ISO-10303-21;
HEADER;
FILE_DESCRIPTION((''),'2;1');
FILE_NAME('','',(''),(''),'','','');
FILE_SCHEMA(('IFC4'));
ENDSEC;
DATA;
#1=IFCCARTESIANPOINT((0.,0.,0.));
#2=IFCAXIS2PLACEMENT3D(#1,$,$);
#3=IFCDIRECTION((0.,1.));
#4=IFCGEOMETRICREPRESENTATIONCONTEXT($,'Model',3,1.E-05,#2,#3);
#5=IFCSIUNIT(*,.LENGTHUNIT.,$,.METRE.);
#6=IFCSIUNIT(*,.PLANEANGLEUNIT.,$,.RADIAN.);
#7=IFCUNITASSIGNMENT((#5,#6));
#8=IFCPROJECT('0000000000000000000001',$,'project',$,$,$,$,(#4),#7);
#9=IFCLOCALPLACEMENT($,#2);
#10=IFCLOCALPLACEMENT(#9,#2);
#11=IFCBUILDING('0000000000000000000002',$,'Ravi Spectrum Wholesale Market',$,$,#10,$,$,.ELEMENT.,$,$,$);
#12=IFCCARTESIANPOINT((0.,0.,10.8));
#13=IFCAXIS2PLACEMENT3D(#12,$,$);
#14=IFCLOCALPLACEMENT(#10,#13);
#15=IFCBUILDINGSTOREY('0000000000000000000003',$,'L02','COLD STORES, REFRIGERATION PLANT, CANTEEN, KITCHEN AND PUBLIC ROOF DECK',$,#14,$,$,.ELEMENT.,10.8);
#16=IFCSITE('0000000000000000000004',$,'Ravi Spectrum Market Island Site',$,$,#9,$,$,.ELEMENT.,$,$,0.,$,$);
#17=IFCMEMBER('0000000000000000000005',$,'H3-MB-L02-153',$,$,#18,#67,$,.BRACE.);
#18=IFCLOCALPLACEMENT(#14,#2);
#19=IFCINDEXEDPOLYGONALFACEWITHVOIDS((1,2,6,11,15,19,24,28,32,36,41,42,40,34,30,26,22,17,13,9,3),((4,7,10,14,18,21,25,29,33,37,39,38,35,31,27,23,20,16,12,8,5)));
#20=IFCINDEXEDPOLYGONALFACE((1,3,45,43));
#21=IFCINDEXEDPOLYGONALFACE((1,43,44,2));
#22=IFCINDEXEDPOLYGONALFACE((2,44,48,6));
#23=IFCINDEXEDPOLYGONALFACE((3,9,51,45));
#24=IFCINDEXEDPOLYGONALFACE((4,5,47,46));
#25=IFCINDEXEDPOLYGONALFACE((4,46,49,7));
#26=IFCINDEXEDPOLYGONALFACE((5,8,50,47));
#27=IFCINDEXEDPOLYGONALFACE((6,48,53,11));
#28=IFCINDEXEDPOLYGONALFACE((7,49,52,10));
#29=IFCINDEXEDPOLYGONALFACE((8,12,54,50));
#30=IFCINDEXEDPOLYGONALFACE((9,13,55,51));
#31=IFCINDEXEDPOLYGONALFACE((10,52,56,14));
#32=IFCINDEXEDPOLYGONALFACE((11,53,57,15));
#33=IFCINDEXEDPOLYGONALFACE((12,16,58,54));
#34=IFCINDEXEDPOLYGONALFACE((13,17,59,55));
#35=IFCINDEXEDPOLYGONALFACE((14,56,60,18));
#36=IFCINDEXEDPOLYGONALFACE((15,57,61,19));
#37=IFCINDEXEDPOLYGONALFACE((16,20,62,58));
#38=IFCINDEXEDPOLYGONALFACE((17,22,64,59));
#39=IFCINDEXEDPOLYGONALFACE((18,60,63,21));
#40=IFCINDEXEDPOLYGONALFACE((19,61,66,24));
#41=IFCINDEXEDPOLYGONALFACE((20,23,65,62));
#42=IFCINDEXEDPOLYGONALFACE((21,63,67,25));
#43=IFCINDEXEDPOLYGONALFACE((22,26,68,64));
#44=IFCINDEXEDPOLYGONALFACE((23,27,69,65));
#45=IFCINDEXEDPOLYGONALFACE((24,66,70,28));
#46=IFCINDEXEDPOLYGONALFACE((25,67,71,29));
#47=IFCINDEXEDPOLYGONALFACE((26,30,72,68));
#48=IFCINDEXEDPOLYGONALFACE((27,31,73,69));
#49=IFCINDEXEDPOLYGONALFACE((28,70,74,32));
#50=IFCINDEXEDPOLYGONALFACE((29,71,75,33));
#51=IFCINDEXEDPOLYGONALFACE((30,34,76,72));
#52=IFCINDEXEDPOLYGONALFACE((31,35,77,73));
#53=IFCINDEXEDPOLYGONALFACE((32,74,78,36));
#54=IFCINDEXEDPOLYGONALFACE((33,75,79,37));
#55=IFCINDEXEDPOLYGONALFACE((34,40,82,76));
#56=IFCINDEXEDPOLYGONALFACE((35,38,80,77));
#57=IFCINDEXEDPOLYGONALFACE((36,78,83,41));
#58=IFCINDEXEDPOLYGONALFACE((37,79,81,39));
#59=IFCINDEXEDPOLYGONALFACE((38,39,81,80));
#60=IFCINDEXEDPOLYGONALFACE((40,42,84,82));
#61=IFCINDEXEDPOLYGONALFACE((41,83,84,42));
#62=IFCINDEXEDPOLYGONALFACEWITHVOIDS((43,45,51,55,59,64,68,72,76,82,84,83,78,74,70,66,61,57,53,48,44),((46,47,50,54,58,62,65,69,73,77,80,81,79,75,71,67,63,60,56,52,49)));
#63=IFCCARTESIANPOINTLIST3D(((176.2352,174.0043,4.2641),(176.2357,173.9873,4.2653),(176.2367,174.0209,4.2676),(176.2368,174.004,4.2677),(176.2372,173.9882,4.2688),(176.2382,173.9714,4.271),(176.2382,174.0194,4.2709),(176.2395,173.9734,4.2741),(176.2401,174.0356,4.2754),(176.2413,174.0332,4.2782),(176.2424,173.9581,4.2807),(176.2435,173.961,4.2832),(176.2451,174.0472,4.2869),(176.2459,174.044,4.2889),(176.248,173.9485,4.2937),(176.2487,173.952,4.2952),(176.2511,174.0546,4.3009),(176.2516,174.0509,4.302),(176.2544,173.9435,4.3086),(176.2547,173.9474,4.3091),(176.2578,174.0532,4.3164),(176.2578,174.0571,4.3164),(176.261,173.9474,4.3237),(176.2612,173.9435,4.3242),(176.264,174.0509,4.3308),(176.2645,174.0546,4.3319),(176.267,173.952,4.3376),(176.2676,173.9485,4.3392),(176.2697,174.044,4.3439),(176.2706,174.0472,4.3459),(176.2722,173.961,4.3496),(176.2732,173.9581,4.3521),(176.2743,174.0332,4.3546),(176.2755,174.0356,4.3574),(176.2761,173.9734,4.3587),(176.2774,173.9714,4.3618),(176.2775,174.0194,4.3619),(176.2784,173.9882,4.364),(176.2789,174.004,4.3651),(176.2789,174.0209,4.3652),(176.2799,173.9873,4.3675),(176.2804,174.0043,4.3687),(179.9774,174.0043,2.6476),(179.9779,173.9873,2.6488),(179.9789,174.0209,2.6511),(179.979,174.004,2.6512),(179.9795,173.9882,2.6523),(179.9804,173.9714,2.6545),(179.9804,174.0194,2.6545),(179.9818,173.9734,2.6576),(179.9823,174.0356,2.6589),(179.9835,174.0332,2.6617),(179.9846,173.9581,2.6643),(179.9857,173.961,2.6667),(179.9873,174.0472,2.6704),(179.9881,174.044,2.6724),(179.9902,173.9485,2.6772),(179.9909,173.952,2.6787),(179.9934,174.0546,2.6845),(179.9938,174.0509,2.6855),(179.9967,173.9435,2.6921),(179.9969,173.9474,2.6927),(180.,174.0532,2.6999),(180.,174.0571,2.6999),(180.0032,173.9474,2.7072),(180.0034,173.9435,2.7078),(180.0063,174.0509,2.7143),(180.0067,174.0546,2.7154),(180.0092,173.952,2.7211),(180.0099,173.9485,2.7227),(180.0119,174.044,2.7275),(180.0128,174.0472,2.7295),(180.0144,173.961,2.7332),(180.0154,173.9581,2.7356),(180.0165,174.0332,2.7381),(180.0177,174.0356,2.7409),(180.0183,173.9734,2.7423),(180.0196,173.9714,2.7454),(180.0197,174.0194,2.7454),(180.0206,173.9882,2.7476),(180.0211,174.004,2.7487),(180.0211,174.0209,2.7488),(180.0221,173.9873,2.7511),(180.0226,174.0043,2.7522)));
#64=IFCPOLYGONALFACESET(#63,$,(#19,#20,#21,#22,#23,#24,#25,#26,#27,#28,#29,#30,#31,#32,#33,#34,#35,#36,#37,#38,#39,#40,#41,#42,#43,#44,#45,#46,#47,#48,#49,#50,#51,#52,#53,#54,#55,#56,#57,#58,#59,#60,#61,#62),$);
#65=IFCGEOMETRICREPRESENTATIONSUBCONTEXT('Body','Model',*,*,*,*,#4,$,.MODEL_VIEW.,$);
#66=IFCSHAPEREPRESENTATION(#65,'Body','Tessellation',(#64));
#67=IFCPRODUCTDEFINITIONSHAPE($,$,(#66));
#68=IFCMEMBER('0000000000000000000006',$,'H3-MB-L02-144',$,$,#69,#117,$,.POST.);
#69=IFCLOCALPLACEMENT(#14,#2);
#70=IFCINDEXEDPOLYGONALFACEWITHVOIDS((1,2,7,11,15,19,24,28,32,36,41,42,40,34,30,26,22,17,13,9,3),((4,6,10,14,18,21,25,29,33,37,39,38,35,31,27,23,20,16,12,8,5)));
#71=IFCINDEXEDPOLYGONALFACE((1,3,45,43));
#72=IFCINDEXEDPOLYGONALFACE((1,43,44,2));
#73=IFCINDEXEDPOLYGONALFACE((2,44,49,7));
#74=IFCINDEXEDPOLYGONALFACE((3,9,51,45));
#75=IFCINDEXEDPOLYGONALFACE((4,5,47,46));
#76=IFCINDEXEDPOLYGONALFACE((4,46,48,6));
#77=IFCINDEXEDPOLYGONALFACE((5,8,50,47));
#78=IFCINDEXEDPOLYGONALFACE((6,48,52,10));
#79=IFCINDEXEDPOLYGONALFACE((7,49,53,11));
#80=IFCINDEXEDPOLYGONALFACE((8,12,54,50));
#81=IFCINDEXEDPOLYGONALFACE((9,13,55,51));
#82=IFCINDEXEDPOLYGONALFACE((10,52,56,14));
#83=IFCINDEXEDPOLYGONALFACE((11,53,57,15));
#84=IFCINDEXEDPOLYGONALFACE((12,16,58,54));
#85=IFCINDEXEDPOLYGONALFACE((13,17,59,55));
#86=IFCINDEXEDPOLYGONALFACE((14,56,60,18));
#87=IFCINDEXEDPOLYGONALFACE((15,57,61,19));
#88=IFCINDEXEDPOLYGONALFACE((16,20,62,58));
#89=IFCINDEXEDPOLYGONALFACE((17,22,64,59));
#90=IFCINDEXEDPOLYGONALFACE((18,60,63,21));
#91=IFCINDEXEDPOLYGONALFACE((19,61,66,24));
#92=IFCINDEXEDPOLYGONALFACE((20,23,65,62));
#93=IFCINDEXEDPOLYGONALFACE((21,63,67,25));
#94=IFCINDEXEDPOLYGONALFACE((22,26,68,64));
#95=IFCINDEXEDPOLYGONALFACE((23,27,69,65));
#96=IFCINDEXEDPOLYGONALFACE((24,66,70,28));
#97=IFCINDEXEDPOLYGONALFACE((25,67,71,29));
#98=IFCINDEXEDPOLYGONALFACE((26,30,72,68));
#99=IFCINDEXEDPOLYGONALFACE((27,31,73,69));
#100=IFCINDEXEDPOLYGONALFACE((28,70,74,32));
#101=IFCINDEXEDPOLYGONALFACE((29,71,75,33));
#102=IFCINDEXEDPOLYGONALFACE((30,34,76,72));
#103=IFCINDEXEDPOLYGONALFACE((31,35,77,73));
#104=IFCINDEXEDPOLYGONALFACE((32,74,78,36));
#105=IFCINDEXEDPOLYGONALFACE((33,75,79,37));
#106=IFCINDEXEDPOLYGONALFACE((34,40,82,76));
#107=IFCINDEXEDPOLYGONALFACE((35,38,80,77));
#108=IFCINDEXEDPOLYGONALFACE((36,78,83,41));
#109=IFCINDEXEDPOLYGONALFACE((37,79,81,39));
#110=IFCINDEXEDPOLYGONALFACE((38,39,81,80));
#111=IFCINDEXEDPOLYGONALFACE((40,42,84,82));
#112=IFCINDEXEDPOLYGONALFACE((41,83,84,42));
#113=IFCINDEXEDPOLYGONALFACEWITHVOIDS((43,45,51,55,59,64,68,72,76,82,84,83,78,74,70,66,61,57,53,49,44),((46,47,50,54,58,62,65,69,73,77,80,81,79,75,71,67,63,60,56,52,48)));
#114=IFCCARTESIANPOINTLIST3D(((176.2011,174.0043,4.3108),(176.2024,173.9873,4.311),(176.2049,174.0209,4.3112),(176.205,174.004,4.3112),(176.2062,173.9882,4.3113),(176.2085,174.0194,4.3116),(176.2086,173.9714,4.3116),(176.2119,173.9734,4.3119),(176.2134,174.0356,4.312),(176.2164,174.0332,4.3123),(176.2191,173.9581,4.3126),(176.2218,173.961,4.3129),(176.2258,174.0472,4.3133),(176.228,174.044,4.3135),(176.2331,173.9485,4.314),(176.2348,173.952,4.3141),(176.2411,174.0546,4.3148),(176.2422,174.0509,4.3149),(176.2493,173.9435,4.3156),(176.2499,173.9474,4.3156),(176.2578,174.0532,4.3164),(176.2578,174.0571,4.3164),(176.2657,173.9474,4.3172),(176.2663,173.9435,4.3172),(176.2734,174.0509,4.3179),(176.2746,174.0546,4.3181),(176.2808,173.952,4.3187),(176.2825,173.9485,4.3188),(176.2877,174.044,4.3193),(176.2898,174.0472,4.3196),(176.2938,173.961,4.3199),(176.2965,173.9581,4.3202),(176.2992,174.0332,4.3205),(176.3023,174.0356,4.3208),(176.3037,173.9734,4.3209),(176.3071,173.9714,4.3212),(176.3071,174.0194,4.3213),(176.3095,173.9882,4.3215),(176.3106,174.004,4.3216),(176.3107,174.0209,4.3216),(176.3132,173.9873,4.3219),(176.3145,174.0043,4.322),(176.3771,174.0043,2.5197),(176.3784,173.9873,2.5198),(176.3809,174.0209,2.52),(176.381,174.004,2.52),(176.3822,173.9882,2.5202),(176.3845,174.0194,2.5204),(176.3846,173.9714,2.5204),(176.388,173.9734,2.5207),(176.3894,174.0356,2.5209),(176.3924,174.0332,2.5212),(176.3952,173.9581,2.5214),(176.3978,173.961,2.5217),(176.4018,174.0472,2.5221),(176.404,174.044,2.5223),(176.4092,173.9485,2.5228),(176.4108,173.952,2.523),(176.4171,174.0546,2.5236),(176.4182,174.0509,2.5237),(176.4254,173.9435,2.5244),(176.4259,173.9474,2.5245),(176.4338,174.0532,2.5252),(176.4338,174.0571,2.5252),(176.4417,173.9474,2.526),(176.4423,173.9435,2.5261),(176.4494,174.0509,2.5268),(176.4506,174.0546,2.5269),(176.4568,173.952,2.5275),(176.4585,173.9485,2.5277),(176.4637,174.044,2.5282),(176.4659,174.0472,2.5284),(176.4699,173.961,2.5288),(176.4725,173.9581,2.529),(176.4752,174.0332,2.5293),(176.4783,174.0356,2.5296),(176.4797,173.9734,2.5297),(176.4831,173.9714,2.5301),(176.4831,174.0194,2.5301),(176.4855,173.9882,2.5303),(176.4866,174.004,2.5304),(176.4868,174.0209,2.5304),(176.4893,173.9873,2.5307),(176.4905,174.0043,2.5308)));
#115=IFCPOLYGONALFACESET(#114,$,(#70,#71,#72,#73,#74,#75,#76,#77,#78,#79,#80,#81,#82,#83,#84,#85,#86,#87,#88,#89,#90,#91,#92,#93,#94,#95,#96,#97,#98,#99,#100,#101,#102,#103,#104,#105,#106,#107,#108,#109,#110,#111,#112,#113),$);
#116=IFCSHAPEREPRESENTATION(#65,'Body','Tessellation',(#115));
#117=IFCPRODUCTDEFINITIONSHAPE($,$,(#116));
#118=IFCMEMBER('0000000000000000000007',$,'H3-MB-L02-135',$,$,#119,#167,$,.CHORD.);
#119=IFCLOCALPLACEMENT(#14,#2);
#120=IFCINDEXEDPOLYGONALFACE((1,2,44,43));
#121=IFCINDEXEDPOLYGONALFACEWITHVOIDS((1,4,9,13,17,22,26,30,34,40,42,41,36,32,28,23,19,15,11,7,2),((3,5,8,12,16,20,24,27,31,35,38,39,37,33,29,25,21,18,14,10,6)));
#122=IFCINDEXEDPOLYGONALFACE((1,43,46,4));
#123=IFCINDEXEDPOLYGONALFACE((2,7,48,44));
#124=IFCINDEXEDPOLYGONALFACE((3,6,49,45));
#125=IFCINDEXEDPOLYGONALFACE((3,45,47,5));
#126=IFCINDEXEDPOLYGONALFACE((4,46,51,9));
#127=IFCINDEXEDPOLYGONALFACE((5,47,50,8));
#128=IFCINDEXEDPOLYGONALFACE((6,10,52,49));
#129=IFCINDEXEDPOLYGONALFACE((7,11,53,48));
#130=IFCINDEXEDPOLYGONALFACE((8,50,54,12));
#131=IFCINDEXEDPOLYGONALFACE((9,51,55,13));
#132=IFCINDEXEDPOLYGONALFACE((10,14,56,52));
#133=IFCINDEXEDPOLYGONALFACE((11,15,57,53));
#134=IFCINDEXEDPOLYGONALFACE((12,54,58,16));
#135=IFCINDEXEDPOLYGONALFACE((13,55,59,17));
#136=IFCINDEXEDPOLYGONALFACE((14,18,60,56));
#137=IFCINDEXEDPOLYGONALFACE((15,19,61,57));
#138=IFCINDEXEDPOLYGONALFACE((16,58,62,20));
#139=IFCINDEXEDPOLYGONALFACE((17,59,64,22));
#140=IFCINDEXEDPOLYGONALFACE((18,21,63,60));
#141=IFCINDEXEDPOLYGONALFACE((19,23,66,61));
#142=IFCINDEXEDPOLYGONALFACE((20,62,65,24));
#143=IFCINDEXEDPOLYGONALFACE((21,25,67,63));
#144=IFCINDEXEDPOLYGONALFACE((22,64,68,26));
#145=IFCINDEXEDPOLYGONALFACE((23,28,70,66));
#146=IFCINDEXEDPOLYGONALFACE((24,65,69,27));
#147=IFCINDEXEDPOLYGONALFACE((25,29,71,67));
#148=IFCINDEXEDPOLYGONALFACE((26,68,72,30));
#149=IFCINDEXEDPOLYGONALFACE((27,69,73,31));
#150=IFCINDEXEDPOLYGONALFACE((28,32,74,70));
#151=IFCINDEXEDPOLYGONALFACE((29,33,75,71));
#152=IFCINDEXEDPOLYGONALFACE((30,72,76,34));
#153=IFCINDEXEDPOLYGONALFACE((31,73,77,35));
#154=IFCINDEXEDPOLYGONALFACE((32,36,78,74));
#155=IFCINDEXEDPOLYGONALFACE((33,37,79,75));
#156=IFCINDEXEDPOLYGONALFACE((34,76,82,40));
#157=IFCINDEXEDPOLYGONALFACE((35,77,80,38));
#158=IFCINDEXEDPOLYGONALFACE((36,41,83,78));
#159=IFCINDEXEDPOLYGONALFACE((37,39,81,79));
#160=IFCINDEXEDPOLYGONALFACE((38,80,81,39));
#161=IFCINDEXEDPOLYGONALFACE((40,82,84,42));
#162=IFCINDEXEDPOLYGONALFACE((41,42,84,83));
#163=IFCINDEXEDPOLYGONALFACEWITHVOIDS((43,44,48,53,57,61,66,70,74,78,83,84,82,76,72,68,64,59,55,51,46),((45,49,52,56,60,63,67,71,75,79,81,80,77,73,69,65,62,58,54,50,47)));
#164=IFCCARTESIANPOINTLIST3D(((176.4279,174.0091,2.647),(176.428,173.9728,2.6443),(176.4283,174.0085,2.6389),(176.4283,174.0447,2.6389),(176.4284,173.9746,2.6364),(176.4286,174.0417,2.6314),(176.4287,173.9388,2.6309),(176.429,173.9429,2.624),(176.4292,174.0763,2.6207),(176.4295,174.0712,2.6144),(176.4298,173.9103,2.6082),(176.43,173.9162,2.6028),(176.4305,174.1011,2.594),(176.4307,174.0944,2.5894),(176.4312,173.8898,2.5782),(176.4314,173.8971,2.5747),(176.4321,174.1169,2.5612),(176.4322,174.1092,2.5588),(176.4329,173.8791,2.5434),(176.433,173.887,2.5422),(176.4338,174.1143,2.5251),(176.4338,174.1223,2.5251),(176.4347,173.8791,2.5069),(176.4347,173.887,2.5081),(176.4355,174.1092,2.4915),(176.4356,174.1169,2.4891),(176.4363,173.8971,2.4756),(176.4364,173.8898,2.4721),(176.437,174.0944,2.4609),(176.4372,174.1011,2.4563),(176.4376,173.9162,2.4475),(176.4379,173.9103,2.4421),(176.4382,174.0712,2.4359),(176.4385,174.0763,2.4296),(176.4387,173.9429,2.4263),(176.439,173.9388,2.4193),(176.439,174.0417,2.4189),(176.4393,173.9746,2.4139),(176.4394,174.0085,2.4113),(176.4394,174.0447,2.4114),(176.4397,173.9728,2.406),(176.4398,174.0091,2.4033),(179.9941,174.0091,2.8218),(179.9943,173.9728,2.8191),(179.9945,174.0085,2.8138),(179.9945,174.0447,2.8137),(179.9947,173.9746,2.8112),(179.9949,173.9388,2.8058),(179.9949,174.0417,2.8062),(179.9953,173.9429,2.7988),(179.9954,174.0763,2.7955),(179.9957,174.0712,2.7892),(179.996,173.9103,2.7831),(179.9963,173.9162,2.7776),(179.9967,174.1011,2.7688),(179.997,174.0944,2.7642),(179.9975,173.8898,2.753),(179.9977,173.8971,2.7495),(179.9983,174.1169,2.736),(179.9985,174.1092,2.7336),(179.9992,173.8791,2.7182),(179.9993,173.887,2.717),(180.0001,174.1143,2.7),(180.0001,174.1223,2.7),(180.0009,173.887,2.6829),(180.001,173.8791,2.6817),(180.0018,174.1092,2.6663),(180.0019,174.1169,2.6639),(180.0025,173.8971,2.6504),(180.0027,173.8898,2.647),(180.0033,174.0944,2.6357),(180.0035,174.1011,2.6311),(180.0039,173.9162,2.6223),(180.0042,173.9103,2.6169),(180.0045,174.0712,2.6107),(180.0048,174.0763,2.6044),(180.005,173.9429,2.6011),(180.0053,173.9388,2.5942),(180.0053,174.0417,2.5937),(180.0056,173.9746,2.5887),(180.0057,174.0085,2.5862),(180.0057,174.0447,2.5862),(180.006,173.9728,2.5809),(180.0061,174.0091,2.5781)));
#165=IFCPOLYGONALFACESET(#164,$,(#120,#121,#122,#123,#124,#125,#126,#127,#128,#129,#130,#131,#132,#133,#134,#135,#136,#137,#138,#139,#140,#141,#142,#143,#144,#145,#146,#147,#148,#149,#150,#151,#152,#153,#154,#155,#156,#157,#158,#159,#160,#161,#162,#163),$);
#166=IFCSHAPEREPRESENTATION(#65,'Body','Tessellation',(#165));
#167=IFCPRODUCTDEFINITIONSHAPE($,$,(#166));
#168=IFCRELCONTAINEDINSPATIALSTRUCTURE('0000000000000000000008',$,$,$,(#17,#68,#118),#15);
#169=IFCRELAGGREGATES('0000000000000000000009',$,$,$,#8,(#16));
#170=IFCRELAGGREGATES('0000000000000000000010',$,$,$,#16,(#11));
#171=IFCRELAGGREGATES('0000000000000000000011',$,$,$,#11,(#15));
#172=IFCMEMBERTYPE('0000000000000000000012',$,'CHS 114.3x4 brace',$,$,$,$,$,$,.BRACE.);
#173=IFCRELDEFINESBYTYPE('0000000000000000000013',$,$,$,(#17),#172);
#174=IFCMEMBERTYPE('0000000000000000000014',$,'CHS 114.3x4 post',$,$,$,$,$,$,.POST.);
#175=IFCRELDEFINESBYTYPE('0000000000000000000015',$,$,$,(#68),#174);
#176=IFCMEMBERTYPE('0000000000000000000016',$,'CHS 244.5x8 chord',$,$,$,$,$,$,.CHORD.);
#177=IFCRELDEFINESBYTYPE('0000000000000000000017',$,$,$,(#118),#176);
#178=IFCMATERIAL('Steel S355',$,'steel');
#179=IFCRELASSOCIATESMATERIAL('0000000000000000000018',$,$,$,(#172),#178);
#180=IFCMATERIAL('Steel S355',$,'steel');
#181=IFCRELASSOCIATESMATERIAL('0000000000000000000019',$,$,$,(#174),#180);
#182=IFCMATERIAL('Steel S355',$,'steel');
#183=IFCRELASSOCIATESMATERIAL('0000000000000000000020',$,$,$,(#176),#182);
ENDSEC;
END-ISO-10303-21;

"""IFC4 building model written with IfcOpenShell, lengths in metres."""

from ifc_helpers import new_model, si_unit, direction, frame, origin, origin_2d, place, context, subcontext, project, spatial, hollow_circle, extrude, material, material_profile, profile_set, type_object, element, save


model = new_model("IFC4")

# Units and contexts
model_context = context("Model", 3, precision=1e-05, world=origin(), true_north=direction((0.0, 1.0)))
body_context = subcontext(model_context, "Body", "Model", "MODEL_VIEW")
ifc_project = project(units=[si_unit("LENGTHUNIT", "METRE"), si_unit("PLANEANGLEUNIT", "RADIAN")], contexts=[model_context])

# Site, building, storey
site_placement = place(None, origin())
site = spatial("IfcSite", under=ifc_project, at=site_placement, Name="Ravi Spectrum Market Island Site", CompositionType="ELEMENT", RefElevation=0.0)
building_placement = place(site_placement, origin())
building = spatial("IfcBuilding", under=site, at=building_placement, Name="Ravi Spectrum Wholesale Market", CompositionType="ELEMENT")
storey_placement = place(building_placement, frame((0.0, 0.0, 10.8)))
storey = spatial("IfcBuildingStorey", under=building, at=storey_placement, Name="L02", Description="COLD STORES, REFRIGERATION PLANT, CANTEEN, KITCHEN AND PUBLIC ROOF DECK", CompositionType="ELEMENT", Elevation=10.8)

# Members
ifc_material_1 = material(Name="Steel S355", Category="steel")
ifc_material_profile_1 = material_profile(ifc_material_1, hollow_circle(Radius=0.0571, WallThickness=0.0039, at=origin_2d()))
ifc_profile_set_1 = profile_set([ifc_material_profile_1], Name="Steel S355")
member_type_1 = type_object("IfcMemberType", Name="CHS 114.3x4 brace", PredefinedType="BRACE", material=ifc_profile_set_1)
member_1_placement = place(storey_placement, frame((176.2578, 174.0, 4.3164), z_axis=(0.918017, 0.0, -0.396542), x_axis=(0.0, 1.0, 0.0)))
element("IfcMember", 1, at=member_1_placement, inside=storey, type_object=member_type_1, Name="H3-MB-L02-153", PredefinedType="BRACE", context=body_context, shape_type="SweptSolid", body=[
    extrude(hollow_circle(Radius=0.0571, WallThickness=0.0039, at=origin_2d()), origin(), (0.0, 0.0, 1.0), 4.0764),
])
ifc_material_2 = material(Name="Steel S355", Category="steel")
ifc_material_profile_2 = material_profile(ifc_material_2, hollow_circle(Radius=0.0571, WallThickness=0.0039, at=origin_2d()))
ifc_profile_set_2 = profile_set([ifc_material_profile_2], Name="Steel S355")
member_type_2 = type_object("IfcMemberType", Name="CHS 114.3x4 post", PredefinedType="POST", material=ifc_profile_set_2)
member_2_placement = place(storey_placement, frame((176.2578, 174.0, 4.3164), z_axis=(0.097798, 0.0, -0.995206), x_axis=(0.0, 1.0, 0.0)))
element("IfcMember", 2, at=member_2_placement, inside=storey, type_object=member_type_2, Name="H3-MB-L02-144", PredefinedType="POST", context=body_context, shape_type="SweptSolid", body=[
    extrude(hollow_circle(Radius=0.0571, WallThickness=0.0039, at=origin_2d()), origin(), (0.0, 0.0, 1.0), 1.7998),
])
ifc_material_3 = material(Name="Steel S355", Category="steel")
ifc_material_profile_3 = material_profile(ifc_material_3, hollow_circle(Radius=0.1223, WallThickness=0.0081, at=origin_2d()))
ifc_profile_set_3 = profile_set([ifc_material_profile_3], Name="Steel S355")
member_type_3 = type_object("IfcMemberType", Name="CHS 244.5x8 chord", PredefinedType="CHORD", material=ifc_profile_set_3)
member_3_placement = place(storey_placement, frame((176.4338, 174.0, 2.5251), z_axis=(0.998801, 0.0, 0.048959), x_axis=(0.0, 1.0, 0.0)))
element("IfcMember", 3, at=member_3_placement, inside=storey, type_object=member_type_3, Name="H3-MB-L02-135", PredefinedType="CHORD", context=body_context, shape_type="SweptSolid", body=[
    extrude(hollow_circle(Radius=0.1223, WallThickness=0.0081, at=origin_2d()), origin(), (0.0, 0.0, 1.0), 3.5706),
])

save(model, "model.ifc")
